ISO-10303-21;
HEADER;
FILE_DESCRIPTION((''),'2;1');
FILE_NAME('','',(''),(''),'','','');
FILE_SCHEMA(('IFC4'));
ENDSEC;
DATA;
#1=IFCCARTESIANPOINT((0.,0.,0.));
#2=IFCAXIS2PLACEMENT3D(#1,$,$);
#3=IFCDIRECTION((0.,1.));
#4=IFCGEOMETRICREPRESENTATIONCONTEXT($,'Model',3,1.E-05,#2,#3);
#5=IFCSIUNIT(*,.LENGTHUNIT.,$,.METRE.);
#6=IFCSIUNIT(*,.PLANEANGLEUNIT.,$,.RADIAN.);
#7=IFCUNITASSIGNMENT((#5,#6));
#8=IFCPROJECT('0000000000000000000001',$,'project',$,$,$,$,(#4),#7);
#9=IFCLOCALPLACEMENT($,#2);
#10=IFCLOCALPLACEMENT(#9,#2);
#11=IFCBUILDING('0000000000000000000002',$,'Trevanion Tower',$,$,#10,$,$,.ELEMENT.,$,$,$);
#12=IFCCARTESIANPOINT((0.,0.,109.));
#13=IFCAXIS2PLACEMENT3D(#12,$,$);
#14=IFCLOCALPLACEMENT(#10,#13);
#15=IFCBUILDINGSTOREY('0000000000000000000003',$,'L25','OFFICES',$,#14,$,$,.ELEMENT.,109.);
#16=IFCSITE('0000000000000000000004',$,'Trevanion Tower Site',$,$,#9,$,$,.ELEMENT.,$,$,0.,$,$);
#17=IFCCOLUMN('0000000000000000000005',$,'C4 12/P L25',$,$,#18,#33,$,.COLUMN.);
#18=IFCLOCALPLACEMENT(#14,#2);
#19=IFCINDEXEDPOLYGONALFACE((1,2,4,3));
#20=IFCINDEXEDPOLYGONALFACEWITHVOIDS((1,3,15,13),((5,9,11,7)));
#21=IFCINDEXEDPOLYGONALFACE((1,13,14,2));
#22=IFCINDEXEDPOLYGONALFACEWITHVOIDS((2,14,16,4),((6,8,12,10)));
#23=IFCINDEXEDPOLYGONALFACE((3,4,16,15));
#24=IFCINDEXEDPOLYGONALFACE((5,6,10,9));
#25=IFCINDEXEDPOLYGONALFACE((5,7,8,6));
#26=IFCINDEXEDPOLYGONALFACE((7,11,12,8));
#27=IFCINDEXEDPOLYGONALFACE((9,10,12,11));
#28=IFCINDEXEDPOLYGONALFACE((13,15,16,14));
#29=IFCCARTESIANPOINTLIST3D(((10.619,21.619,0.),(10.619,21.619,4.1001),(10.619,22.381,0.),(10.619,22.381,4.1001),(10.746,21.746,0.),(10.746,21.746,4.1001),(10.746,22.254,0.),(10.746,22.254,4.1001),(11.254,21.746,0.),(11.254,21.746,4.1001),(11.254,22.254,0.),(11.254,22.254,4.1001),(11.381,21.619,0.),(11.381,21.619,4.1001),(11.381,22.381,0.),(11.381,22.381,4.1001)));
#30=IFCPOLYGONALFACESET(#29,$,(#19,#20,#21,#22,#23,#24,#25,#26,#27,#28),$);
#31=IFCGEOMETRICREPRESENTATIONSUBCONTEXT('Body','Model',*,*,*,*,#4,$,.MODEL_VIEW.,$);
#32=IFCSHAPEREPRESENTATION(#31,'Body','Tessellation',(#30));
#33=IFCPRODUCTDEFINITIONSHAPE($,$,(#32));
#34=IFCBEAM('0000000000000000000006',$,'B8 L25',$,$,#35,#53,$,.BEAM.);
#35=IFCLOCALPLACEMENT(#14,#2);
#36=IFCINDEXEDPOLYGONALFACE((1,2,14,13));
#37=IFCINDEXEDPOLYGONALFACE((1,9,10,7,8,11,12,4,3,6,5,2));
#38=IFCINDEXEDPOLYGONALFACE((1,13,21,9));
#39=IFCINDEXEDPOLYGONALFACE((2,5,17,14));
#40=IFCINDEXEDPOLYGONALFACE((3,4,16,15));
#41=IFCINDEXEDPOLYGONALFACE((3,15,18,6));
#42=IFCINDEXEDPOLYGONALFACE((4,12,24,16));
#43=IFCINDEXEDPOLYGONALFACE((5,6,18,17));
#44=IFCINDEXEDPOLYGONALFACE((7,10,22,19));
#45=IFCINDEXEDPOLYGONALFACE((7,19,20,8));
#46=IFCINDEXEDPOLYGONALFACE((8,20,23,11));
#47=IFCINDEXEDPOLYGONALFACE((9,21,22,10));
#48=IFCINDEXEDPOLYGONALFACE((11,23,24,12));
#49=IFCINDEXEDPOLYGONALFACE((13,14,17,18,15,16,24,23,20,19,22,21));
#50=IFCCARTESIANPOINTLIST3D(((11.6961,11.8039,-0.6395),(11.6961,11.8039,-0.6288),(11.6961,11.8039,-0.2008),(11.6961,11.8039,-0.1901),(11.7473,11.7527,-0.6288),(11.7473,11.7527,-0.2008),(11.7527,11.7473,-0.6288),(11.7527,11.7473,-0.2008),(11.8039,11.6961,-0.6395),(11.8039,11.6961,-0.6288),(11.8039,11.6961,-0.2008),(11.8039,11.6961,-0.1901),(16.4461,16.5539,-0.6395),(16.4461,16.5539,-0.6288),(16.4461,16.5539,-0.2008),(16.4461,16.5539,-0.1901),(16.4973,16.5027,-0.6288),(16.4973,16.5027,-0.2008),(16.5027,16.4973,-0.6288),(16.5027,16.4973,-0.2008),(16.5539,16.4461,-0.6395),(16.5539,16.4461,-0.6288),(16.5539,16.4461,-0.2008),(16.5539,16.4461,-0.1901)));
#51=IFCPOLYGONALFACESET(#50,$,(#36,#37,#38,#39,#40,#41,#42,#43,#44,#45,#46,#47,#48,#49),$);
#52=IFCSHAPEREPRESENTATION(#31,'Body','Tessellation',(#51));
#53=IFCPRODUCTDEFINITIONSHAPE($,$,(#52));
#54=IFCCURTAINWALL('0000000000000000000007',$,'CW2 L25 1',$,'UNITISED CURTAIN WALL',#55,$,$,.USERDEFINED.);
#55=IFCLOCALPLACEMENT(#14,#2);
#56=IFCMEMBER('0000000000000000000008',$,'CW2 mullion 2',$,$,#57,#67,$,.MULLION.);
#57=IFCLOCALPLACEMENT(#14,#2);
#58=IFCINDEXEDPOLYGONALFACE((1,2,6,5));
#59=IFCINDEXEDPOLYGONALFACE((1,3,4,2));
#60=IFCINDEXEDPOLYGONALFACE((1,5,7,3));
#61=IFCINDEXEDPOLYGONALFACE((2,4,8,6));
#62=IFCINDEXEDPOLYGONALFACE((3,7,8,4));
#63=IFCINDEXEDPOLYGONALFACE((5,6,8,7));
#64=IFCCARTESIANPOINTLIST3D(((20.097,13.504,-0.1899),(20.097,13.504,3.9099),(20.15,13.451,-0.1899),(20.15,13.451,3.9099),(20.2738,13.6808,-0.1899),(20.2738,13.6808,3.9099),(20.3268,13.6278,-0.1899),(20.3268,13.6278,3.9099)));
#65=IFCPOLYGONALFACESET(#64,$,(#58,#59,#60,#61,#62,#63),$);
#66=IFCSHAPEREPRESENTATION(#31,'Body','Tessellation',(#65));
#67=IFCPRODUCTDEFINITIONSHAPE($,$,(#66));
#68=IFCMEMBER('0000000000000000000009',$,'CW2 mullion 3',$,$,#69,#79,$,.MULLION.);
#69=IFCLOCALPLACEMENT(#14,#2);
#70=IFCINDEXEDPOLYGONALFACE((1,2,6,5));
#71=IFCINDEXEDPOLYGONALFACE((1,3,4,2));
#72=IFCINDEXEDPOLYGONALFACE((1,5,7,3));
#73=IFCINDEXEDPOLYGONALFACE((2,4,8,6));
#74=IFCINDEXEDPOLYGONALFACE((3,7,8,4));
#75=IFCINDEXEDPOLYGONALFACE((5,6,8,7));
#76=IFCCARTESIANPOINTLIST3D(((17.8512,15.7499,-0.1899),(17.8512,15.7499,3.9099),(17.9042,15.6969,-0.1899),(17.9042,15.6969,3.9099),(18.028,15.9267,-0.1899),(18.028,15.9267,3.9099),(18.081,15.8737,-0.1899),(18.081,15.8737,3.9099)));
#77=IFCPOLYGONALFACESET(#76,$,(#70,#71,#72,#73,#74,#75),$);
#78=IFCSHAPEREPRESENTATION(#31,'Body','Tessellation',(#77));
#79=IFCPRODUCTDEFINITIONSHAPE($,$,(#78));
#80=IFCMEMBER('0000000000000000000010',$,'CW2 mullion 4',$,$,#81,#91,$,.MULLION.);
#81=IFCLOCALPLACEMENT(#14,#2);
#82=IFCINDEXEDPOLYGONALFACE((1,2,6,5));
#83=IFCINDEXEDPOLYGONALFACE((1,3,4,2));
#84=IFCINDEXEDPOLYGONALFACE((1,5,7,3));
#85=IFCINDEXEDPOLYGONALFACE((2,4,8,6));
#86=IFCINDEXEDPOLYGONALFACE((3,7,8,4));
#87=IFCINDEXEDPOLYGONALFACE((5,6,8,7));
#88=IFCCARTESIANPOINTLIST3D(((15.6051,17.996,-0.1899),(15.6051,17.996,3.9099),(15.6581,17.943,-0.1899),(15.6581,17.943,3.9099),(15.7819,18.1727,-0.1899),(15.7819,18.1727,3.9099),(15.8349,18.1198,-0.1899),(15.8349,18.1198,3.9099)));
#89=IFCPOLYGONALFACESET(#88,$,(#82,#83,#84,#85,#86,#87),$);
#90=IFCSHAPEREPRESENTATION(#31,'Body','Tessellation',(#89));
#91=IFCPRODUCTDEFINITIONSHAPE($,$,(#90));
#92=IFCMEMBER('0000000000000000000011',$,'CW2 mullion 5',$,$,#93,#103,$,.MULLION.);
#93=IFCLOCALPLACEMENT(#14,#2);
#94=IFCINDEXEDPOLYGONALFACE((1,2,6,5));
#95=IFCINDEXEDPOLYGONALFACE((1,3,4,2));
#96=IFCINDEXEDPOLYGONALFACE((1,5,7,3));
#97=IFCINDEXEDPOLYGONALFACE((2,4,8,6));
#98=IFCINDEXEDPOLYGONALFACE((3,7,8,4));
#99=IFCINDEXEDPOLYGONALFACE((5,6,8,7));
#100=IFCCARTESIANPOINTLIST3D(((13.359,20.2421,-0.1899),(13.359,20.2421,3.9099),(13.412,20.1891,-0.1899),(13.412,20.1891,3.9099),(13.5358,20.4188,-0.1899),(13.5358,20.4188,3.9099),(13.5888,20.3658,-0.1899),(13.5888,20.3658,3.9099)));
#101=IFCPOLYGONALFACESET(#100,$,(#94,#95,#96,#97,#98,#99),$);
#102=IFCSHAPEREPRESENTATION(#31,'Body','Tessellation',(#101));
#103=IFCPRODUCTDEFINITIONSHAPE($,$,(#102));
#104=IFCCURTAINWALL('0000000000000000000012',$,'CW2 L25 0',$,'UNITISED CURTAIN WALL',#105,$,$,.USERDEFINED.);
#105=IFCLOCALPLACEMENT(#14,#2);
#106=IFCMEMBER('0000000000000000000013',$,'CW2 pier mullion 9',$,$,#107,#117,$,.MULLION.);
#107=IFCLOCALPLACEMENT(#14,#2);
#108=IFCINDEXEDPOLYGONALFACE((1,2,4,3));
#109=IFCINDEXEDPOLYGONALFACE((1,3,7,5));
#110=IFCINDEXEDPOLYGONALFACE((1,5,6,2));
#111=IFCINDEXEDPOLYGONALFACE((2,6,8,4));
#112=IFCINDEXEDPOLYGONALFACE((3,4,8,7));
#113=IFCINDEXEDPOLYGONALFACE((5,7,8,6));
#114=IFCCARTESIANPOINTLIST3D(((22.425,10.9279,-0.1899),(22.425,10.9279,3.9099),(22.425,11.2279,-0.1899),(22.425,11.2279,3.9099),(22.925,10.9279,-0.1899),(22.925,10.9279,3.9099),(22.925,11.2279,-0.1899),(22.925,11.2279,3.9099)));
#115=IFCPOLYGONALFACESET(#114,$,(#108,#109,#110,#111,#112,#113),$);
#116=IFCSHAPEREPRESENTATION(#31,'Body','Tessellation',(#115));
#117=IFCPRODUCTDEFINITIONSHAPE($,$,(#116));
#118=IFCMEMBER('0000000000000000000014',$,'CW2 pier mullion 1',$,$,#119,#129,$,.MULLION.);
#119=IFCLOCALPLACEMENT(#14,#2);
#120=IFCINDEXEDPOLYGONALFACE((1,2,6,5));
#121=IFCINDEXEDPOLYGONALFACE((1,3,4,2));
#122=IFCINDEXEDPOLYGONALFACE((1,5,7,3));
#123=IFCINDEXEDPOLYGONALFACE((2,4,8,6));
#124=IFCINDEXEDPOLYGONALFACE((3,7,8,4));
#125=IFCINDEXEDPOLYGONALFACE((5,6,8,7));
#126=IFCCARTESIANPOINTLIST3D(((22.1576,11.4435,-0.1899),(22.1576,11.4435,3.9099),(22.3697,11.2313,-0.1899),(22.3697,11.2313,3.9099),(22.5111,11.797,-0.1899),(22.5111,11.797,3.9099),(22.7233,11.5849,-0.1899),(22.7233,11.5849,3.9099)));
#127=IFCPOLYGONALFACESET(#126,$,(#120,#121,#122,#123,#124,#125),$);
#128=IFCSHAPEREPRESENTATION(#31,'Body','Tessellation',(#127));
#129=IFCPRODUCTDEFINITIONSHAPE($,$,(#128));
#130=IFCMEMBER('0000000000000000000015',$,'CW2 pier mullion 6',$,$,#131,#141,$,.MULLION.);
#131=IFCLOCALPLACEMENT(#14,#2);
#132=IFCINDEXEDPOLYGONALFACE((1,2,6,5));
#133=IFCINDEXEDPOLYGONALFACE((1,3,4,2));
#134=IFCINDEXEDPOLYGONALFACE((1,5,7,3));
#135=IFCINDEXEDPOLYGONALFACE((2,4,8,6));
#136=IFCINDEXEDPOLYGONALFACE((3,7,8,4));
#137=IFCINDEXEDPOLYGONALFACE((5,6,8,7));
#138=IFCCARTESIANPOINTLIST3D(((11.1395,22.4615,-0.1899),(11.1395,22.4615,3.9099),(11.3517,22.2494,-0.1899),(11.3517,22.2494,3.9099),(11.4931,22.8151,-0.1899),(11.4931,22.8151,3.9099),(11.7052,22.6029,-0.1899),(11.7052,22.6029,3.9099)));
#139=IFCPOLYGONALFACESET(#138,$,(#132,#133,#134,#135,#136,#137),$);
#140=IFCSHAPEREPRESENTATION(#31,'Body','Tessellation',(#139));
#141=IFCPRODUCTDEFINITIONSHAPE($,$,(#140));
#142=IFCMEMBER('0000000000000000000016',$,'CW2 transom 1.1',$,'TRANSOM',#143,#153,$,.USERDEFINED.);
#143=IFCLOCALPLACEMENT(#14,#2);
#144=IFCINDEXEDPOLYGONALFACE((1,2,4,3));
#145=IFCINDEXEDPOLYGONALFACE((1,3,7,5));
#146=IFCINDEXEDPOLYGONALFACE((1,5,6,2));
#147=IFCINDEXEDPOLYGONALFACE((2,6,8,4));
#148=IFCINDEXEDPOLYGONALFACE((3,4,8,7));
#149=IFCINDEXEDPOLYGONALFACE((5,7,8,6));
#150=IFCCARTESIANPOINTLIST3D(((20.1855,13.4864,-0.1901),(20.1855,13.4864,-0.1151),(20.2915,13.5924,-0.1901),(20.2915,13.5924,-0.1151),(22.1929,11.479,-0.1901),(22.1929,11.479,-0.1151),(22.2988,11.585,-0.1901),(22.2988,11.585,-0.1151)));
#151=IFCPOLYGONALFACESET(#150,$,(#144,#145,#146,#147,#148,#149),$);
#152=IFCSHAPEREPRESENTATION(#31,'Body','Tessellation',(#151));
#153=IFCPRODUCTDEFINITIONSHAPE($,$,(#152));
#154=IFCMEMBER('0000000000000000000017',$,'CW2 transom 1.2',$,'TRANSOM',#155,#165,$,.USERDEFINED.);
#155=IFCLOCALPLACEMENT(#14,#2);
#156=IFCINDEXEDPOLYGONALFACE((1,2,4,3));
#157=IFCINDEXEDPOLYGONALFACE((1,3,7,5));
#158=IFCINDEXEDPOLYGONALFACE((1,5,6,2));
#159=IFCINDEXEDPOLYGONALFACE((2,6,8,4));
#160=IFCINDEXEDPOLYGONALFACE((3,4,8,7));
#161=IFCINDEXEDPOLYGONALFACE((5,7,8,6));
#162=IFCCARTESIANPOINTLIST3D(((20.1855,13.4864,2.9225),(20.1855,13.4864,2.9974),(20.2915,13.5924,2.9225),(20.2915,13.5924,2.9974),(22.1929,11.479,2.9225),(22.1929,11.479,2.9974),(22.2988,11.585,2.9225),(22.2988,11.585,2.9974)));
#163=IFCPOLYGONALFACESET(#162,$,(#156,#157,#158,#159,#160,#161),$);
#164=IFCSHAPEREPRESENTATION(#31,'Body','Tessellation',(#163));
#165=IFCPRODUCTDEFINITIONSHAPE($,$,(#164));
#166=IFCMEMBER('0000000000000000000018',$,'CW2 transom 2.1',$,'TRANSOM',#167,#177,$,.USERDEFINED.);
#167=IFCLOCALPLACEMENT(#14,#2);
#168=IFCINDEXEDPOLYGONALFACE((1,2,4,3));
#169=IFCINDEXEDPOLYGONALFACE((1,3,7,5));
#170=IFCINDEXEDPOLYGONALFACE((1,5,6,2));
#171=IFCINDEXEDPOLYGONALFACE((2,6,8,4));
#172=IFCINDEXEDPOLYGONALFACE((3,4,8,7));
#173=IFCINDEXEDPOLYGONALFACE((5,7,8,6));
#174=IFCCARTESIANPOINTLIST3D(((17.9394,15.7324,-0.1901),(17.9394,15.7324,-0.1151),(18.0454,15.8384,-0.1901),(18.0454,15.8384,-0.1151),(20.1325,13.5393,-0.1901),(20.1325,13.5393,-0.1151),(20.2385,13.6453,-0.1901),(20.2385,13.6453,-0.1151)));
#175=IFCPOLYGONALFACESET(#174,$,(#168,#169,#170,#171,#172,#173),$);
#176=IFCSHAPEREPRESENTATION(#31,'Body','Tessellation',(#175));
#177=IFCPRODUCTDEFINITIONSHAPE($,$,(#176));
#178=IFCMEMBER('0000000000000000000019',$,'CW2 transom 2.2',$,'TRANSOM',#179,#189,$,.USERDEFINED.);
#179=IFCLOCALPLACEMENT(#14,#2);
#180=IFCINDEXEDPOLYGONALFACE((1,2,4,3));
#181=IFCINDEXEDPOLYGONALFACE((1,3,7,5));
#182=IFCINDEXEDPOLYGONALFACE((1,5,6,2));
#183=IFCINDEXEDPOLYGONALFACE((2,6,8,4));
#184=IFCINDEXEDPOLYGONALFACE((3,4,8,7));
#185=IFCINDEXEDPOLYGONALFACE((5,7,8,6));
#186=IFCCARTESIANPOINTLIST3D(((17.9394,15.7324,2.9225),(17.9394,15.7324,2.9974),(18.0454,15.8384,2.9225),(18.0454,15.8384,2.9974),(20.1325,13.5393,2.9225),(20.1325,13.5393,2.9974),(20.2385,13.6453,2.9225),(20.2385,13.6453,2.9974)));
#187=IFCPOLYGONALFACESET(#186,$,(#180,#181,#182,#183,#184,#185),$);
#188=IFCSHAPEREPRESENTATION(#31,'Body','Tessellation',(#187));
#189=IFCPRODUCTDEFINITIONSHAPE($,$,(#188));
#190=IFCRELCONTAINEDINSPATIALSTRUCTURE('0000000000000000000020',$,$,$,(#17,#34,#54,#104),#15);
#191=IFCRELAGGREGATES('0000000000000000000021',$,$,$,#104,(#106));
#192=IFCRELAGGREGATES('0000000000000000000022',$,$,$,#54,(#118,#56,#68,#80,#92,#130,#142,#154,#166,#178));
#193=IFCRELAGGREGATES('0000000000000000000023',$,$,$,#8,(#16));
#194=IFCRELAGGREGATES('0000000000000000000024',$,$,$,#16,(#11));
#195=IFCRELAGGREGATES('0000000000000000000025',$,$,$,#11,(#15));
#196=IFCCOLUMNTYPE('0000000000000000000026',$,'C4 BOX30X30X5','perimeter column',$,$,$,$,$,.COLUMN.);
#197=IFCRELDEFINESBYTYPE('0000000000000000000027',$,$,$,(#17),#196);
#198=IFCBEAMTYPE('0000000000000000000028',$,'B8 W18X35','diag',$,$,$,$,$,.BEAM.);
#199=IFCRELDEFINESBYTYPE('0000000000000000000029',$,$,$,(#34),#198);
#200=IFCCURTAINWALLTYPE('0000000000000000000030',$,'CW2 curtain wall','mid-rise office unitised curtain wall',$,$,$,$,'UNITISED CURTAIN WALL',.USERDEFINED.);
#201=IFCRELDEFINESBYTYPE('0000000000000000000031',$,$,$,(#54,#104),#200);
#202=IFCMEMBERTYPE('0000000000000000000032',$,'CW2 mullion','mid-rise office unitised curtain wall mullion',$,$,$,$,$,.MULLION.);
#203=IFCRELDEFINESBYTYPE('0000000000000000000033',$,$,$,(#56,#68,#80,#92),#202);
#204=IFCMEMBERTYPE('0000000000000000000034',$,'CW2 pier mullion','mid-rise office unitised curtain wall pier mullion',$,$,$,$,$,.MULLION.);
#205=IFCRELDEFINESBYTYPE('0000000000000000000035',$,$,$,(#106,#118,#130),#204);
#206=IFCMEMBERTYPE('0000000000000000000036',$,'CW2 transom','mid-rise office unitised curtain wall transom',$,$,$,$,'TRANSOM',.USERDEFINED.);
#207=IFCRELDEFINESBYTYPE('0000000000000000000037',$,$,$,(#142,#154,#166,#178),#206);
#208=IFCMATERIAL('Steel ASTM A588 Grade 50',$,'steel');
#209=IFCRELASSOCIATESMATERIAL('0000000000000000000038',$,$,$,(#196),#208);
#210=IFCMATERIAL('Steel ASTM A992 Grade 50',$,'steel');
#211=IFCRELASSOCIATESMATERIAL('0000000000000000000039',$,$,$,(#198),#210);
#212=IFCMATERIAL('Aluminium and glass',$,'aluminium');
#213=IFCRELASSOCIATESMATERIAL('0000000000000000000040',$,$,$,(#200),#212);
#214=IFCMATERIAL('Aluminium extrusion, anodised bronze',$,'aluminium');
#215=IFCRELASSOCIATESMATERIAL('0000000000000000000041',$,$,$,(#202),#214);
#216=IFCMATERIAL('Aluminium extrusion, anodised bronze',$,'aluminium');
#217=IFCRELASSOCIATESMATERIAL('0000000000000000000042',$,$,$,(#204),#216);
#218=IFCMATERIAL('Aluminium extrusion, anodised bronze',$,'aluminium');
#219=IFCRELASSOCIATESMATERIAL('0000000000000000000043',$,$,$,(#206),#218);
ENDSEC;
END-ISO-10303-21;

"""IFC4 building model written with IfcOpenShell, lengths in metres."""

from ifc_helpers import new_model, si_unit, direction, frame, origin, origin_2d, place, context, subcontext, project, spatial, rectangle, hollow_rectangle, i_section, extrude, material, material_profile, profile_set, type_object, element, aggregate, save


model = new_model("IFC4")

# Units and contexts
model_context = context("Model", 3, precision=1e-05, world=origin(), true_north=direction((0.0, 1.0)))
body_context = subcontext(model_context, "Body", "Model", "MODEL_VIEW")
ifc_project = project(units=[si_unit("LENGTHUNIT", "METRE"), si_unit("PLANEANGLEUNIT", "RADIAN")], contexts=[model_context])

# Site, building, storey
site_placement = place(None, origin())
site = spatial("IfcSite", under=ifc_project, at=site_placement, Name="Trevanion Tower Site", CompositionType="ELEMENT", RefElevation=0.0)
building_placement = place(site_placement, origin())
building = spatial("IfcBuilding", under=site, at=building_placement, Name="Trevanion Tower", CompositionType="ELEMENT")
storey_placement = place(building_placement, frame((0.0, 0.0, 109.0)))
storey = spatial("IfcBuildingStorey", under=building, at=storey_placement, Name="L25", Description="OFFICES", CompositionType="ELEMENT", Elevation=109.0)

# Column
ifc_material_1 = material(Name="Steel ASTM A588 Grade 50", Category="steel")
ifc_material_profile_1 = material_profile(ifc_material_1, hollow_rectangle(XDim=0.762, YDim=0.762, WallThickness=0.127, at=origin_2d()), Name="BOX30X30X5")
ifc_profile_set_1 = profile_set([ifc_material_profile_1], Name="Steel ASTM A588 Grade 50")
column_type = type_object("IfcColumnType", Name="C4 BOX30X30X5", Description="perimeter column", PredefinedType="COLUMN", material=ifc_profile_set_1)
column_placement = place(storey_placement, frame((11.0, 22.0, 0.0), z_axis=(0.0, 0.0, 1.0), x_axis=(1.0, 0.0, 0.0)))
element("IfcColumn", 1, at=column_placement, inside=storey, type_object=column_type, Name="C4 12/P L25", PredefinedType="COLUMN", context=body_context, shape_type="SweptSolid", body=[
    extrude(hollow_rectangle(XDim=0.762, YDim=0.762, WallThickness=0.127, at=origin_2d()), origin(), (0.0, 0.0, 1.0), 4.1001),
])

# Beam
ifc_material_2 = material(Name="Steel ASTM A992 Grade 50", Category="steel")
ifc_material_profile_2 = material_profile(ifc_material_2, i_section(OverallWidth=0.1523, OverallDepth=0.4495, WebThickness=0.0076, FlangeThickness=0.0107, at=origin_2d()), Name="W18X35")
ifc_profile_set_2 = profile_set([ifc_material_profile_2], Name="Steel ASTM A992 Grade 50")
beam_type_1 = type_object("IfcBeamType", Name="B8 W18X35", Description="diag", PredefinedType="BEAM", material=ifc_profile_set_2)
beam_1_placement = place(storey_placement, frame((11.75, 11.75, -0.4148), z_axis=(0.707107, 0.707107, 0.0), x_axis=(-0.707107, 0.707107, 0.0)))
element("IfcBeam", 2, at=beam_1_placement, inside=storey, type_object=beam_type_1, Name="B8 L25", PredefinedType="BEAM", context=body_context, shape_type="SweptSolid", body=[
    extrude(i_section(OverallWidth=0.1523, OverallDepth=0.4495, WebThickness=0.0076, FlangeThickness=0.0107, at=origin_2d()), origin(), (0.0, 0.0, 1.0), 6.7175),
])

# Curtain wall, members
ifc_material_3 = material(Name="Aluminium and glass", Category="aluminium")
curtain_wall_type = type_object("IfcCurtainWallType", Name="CW2 curtain wall", Description="mid-rise office unitised curtain wall", ElementType="UNITISED CURTAIN WALL", PredefinedType="USERDEFINED", material=ifc_material_3)
curtain_wall_1_placement = place(storey_placement, origin())
curtain_wall_1 = element("IfcCurtainWall", 3, at=curtain_wall_1_placement, inside=storey, type_object=curtain_wall_type, Name="CW2 L25 1", ObjectType="UNITISED CURTAIN WALL", PredefinedType="USERDEFINED")
ifc_material_4 = material(Name="Aluminium extrusion, anodised bronze", Category="aluminium")
ifc_material_profile_3 = material_profile(ifc_material_4, rectangle(XDim=0.075, YDim=0.25, at=origin_2d()), Name="CW2 mullion")
ifc_profile_set_3 = profile_set([ifc_material_profile_3], Name="Aluminium extrusion, anodised bronze")
member_type_1 = type_object("IfcMemberType", Name="CW2 mullion", Description="mid-rise office unitised curtain wall mullion", PredefinedType="MULLION", material=ifc_profile_set_3)
member_1_placement = place(storey_placement, frame((20.2119, 13.5659, -0.1899), z_axis=(0.0, 0.0, 1.0), x_axis=(-0.707107, 0.707107, 0.0)))
member_1 = element("IfcMember", 4, at=member_1_placement, type_object=member_type_1, Name="CW2 mullion 2", PredefinedType="MULLION", context=body_context, shape_type="SweptSolid", body=[
    extrude(rectangle(XDim=0.075, YDim=0.25, at=origin_2d()), origin(), (0.0, 0.0, 1.0), 4.0999),
])
member_2_placement = place(storey_placement, frame((17.9661, 15.8118, -0.1899), z_axis=(0.0, 0.0, 1.0), x_axis=(-0.707107, 0.707107, 0.0)))
member_2 = element("IfcMember", 5, at=member_2_placement, type_object=member_type_1, Name="CW2 mullion 3", PredefinedType="MULLION", context=body_context, shape_type="SweptSolid", body=[
    extrude(rectangle(XDim=0.075, YDim=0.25, at=origin_2d()), origin(), (0.0, 0.0, 1.0), 4.0999),
])
member_3_placement = place(storey_placement, frame((15.72, 18.0579, -0.1899), z_axis=(0.0, 0.0, 1.0), x_axis=(-0.707107, 0.707107, 0.0)))
member_3 = element("IfcMember", 6, at=member_3_placement, type_object=member_type_1, Name="CW2 mullion 4", PredefinedType="MULLION", context=body_context, shape_type="SweptSolid", body=[
    extrude(rectangle(XDim=0.075, YDim=0.25, at=origin_2d()), origin(), (0.0, 0.0, 1.0), 4.0999),
])
member_4_placement = place(storey_placement, frame((13.4739, 20.304, -0.1899), z_axis=(0.0, 0.0, 1.0), x_axis=(-0.707107, 0.707107, 0.0)))
member_4 = element("IfcMember", 7, at=member_4_placement, type_object=member_type_1, Name="CW2 mullion 5", PredefinedType="MULLION", context=body_context, shape_type="SweptSolid", body=[
    extrude(rectangle(XDim=0.075, YDim=0.25, at=origin_2d()), origin(), (0.0, 0.0, 1.0), 4.0999),
])

# Curtain wall, member
curtain_wall_2_placement = place(storey_placement, origin())
curtain_wall_2 = element("IfcCurtainWall", 8, at=curtain_wall_2_placement, inside=storey, type_object=curtain_wall_type, Name="CW2 L25 0", ObjectType="UNITISED CURTAIN WALL", PredefinedType="USERDEFINED")
ifc_material_5 = material(Name="Aluminium extrusion, anodised bronze", Category="aluminium")
ifc_material_profile_4 = material_profile(ifc_material_5, rectangle(XDim=0.3, YDim=0.5, at=origin_2d()), Name="CW2 pier mullion")
ifc_profile_set_4 = profile_set([ifc_material_profile_4], Name="Aluminium extrusion, anodised bronze")
member_type_2 = type_object("IfcMemberType", Name="CW2 pier mullion", Description="mid-rise office unitised curtain wall pier mullion", PredefinedType="MULLION", material=ifc_profile_set_4)
member_5_placement = place(storey_placement, frame((22.675, 11.0779, -0.1899), z_axis=(0.0, 0.0, 1.0), x_axis=(0.0, 1.0, 0.0)))
member_5 = element("IfcMember", 9, at=member_5_placement, type_object=member_type_2, Name="CW2 pier mullion 9", PredefinedType="MULLION", context=body_context, shape_type="SweptSolid", body=[
    extrude(rectangle(XDim=0.3, YDim=0.5, at=origin_2d()), origin(), (0.0, 0.0, 1.0), 4.0999),
])
aggregate(curtain_wall_2, [member_5])

# Members
member_6_placement = place(storey_placement, frame((22.4404, 11.5142, -0.1899), z_axis=(0.0, 0.0, 1.0), x_axis=(-0.707107, 0.707107, 0.0)))
member_6 = element("IfcMember", 10, at=member_6_placement, type_object=member_type_2, Name="CW2 pier mullion 1", PredefinedType="MULLION", context=body_context, shape_type="SweptSolid", body=[
    extrude(rectangle(XDim=0.3, YDim=0.5, at=origin_2d()), origin(), (0.0, 0.0, 1.0), 4.0999),
])
member_7_placement = place(storey_placement, frame((11.4224, 22.5322, -0.1899), z_axis=(0.0, 0.0, 1.0), x_axis=(-0.707107, 0.707107, 0.0)))
member_7 = element("IfcMember", 11, at=member_7_placement, type_object=member_type_2, Name="CW2 pier mullion 6", PredefinedType="MULLION", context=body_context, shape_type="SweptSolid", body=[
    extrude(rectangle(XDim=0.3, YDim=0.5, at=origin_2d()), origin(), (0.0, 0.0, 1.0), 4.0999),
])
ifc_material_6 = material(Name="Aluminium extrusion, anodised bronze", Category="aluminium")
ifc_material_profile_5 = material_profile(ifc_material_6, rectangle(XDim=0.1499, YDim=0.075, at=origin_2d()), Name="CW2 transom")
ifc_profile_set_5 = profile_set([ifc_material_profile_5], Name="Aluminium extrusion, anodised bronze")
member_type_3 = type_object("IfcMemberType", Name="CW2 transom", Description="mid-rise office unitised curtain wall transom", ElementType="TRANSOM", PredefinedType="USERDEFINED", material=ifc_profile_set_5)
member_8_placement = place(storey_placement, frame((22.2458, 11.532, -0.1526), z_axis=(-0.707107, 0.707107, 0.0), x_axis=(-0.707107, -0.707107, 0.0)))
member_8 = element("IfcMember", 12, at=member_8_placement, type_object=member_type_3, Name="CW2 transom 1.1", ObjectType="TRANSOM", PredefinedType="USERDEFINED", context=body_context, shape_type="SweptSolid", body=[
    extrude(rectangle(XDim=0.1499, YDim=0.075, at=origin_2d()), origin(), (0.0, 0.0, 1.0), 2.8389),
])
member_9_placement = place(storey_placement, frame((22.2458, 11.532, 2.96), z_axis=(-0.707107, 0.707107, 0.0), x_axis=(-0.707107, -0.707107, 0.0)))
member_9 = element("IfcMember", 13, at=member_9_placement, type_object=member_type_3, Name="CW2 transom 1.2", ObjectType="TRANSOM", PredefinedType="USERDEFINED", context=body_context, shape_type="SweptSolid", body=[
    extrude(rectangle(XDim=0.1499, YDim=0.075, at=origin_2d()), origin(), (0.0, 0.0, 1.0), 2.8389),
])
member_10_placement = place(storey_placement, frame((20.1855, 13.5923, -0.1526), z_axis=(-0.707107, 0.707107, 0.0), x_axis=(-0.707107, -0.707107, 0.0)))
member_10 = element("IfcMember", 14, at=member_10_placement, type_object=member_type_3, Name="CW2 transom 2.1", ObjectType="TRANSOM", PredefinedType="USERDEFINED", context=body_context, shape_type="SweptSolid", body=[
    extrude(rectangle(XDim=0.1499, YDim=0.075, at=origin_2d()), origin(), (0.0, 0.0, 1.0), 3.1016),
])
member_11_placement = place(storey_placement, frame((20.1855, 13.5923, 2.96), z_axis=(-0.707107, 0.707107, 0.0), x_axis=(-0.707107, -0.707107, 0.0)))
member_11 = element("IfcMember", 15, at=member_11_placement, type_object=member_type_3, Name="CW2 transom 2.2", ObjectType="TRANSOM", PredefinedType="USERDEFINED", context=body_context, shape_type="SweptSolid", body=[
    extrude(rectangle(XDim=0.1499, YDim=0.075, at=origin_2d()), origin(), (0.0, 0.0, 1.0), 3.1016),
])

aggregate(curtain_wall_1, [member_6, member_1, member_2, member_3, member_4, member_7, member_8, member_9, member_10, member_11])

save(model, "model.ifc")
